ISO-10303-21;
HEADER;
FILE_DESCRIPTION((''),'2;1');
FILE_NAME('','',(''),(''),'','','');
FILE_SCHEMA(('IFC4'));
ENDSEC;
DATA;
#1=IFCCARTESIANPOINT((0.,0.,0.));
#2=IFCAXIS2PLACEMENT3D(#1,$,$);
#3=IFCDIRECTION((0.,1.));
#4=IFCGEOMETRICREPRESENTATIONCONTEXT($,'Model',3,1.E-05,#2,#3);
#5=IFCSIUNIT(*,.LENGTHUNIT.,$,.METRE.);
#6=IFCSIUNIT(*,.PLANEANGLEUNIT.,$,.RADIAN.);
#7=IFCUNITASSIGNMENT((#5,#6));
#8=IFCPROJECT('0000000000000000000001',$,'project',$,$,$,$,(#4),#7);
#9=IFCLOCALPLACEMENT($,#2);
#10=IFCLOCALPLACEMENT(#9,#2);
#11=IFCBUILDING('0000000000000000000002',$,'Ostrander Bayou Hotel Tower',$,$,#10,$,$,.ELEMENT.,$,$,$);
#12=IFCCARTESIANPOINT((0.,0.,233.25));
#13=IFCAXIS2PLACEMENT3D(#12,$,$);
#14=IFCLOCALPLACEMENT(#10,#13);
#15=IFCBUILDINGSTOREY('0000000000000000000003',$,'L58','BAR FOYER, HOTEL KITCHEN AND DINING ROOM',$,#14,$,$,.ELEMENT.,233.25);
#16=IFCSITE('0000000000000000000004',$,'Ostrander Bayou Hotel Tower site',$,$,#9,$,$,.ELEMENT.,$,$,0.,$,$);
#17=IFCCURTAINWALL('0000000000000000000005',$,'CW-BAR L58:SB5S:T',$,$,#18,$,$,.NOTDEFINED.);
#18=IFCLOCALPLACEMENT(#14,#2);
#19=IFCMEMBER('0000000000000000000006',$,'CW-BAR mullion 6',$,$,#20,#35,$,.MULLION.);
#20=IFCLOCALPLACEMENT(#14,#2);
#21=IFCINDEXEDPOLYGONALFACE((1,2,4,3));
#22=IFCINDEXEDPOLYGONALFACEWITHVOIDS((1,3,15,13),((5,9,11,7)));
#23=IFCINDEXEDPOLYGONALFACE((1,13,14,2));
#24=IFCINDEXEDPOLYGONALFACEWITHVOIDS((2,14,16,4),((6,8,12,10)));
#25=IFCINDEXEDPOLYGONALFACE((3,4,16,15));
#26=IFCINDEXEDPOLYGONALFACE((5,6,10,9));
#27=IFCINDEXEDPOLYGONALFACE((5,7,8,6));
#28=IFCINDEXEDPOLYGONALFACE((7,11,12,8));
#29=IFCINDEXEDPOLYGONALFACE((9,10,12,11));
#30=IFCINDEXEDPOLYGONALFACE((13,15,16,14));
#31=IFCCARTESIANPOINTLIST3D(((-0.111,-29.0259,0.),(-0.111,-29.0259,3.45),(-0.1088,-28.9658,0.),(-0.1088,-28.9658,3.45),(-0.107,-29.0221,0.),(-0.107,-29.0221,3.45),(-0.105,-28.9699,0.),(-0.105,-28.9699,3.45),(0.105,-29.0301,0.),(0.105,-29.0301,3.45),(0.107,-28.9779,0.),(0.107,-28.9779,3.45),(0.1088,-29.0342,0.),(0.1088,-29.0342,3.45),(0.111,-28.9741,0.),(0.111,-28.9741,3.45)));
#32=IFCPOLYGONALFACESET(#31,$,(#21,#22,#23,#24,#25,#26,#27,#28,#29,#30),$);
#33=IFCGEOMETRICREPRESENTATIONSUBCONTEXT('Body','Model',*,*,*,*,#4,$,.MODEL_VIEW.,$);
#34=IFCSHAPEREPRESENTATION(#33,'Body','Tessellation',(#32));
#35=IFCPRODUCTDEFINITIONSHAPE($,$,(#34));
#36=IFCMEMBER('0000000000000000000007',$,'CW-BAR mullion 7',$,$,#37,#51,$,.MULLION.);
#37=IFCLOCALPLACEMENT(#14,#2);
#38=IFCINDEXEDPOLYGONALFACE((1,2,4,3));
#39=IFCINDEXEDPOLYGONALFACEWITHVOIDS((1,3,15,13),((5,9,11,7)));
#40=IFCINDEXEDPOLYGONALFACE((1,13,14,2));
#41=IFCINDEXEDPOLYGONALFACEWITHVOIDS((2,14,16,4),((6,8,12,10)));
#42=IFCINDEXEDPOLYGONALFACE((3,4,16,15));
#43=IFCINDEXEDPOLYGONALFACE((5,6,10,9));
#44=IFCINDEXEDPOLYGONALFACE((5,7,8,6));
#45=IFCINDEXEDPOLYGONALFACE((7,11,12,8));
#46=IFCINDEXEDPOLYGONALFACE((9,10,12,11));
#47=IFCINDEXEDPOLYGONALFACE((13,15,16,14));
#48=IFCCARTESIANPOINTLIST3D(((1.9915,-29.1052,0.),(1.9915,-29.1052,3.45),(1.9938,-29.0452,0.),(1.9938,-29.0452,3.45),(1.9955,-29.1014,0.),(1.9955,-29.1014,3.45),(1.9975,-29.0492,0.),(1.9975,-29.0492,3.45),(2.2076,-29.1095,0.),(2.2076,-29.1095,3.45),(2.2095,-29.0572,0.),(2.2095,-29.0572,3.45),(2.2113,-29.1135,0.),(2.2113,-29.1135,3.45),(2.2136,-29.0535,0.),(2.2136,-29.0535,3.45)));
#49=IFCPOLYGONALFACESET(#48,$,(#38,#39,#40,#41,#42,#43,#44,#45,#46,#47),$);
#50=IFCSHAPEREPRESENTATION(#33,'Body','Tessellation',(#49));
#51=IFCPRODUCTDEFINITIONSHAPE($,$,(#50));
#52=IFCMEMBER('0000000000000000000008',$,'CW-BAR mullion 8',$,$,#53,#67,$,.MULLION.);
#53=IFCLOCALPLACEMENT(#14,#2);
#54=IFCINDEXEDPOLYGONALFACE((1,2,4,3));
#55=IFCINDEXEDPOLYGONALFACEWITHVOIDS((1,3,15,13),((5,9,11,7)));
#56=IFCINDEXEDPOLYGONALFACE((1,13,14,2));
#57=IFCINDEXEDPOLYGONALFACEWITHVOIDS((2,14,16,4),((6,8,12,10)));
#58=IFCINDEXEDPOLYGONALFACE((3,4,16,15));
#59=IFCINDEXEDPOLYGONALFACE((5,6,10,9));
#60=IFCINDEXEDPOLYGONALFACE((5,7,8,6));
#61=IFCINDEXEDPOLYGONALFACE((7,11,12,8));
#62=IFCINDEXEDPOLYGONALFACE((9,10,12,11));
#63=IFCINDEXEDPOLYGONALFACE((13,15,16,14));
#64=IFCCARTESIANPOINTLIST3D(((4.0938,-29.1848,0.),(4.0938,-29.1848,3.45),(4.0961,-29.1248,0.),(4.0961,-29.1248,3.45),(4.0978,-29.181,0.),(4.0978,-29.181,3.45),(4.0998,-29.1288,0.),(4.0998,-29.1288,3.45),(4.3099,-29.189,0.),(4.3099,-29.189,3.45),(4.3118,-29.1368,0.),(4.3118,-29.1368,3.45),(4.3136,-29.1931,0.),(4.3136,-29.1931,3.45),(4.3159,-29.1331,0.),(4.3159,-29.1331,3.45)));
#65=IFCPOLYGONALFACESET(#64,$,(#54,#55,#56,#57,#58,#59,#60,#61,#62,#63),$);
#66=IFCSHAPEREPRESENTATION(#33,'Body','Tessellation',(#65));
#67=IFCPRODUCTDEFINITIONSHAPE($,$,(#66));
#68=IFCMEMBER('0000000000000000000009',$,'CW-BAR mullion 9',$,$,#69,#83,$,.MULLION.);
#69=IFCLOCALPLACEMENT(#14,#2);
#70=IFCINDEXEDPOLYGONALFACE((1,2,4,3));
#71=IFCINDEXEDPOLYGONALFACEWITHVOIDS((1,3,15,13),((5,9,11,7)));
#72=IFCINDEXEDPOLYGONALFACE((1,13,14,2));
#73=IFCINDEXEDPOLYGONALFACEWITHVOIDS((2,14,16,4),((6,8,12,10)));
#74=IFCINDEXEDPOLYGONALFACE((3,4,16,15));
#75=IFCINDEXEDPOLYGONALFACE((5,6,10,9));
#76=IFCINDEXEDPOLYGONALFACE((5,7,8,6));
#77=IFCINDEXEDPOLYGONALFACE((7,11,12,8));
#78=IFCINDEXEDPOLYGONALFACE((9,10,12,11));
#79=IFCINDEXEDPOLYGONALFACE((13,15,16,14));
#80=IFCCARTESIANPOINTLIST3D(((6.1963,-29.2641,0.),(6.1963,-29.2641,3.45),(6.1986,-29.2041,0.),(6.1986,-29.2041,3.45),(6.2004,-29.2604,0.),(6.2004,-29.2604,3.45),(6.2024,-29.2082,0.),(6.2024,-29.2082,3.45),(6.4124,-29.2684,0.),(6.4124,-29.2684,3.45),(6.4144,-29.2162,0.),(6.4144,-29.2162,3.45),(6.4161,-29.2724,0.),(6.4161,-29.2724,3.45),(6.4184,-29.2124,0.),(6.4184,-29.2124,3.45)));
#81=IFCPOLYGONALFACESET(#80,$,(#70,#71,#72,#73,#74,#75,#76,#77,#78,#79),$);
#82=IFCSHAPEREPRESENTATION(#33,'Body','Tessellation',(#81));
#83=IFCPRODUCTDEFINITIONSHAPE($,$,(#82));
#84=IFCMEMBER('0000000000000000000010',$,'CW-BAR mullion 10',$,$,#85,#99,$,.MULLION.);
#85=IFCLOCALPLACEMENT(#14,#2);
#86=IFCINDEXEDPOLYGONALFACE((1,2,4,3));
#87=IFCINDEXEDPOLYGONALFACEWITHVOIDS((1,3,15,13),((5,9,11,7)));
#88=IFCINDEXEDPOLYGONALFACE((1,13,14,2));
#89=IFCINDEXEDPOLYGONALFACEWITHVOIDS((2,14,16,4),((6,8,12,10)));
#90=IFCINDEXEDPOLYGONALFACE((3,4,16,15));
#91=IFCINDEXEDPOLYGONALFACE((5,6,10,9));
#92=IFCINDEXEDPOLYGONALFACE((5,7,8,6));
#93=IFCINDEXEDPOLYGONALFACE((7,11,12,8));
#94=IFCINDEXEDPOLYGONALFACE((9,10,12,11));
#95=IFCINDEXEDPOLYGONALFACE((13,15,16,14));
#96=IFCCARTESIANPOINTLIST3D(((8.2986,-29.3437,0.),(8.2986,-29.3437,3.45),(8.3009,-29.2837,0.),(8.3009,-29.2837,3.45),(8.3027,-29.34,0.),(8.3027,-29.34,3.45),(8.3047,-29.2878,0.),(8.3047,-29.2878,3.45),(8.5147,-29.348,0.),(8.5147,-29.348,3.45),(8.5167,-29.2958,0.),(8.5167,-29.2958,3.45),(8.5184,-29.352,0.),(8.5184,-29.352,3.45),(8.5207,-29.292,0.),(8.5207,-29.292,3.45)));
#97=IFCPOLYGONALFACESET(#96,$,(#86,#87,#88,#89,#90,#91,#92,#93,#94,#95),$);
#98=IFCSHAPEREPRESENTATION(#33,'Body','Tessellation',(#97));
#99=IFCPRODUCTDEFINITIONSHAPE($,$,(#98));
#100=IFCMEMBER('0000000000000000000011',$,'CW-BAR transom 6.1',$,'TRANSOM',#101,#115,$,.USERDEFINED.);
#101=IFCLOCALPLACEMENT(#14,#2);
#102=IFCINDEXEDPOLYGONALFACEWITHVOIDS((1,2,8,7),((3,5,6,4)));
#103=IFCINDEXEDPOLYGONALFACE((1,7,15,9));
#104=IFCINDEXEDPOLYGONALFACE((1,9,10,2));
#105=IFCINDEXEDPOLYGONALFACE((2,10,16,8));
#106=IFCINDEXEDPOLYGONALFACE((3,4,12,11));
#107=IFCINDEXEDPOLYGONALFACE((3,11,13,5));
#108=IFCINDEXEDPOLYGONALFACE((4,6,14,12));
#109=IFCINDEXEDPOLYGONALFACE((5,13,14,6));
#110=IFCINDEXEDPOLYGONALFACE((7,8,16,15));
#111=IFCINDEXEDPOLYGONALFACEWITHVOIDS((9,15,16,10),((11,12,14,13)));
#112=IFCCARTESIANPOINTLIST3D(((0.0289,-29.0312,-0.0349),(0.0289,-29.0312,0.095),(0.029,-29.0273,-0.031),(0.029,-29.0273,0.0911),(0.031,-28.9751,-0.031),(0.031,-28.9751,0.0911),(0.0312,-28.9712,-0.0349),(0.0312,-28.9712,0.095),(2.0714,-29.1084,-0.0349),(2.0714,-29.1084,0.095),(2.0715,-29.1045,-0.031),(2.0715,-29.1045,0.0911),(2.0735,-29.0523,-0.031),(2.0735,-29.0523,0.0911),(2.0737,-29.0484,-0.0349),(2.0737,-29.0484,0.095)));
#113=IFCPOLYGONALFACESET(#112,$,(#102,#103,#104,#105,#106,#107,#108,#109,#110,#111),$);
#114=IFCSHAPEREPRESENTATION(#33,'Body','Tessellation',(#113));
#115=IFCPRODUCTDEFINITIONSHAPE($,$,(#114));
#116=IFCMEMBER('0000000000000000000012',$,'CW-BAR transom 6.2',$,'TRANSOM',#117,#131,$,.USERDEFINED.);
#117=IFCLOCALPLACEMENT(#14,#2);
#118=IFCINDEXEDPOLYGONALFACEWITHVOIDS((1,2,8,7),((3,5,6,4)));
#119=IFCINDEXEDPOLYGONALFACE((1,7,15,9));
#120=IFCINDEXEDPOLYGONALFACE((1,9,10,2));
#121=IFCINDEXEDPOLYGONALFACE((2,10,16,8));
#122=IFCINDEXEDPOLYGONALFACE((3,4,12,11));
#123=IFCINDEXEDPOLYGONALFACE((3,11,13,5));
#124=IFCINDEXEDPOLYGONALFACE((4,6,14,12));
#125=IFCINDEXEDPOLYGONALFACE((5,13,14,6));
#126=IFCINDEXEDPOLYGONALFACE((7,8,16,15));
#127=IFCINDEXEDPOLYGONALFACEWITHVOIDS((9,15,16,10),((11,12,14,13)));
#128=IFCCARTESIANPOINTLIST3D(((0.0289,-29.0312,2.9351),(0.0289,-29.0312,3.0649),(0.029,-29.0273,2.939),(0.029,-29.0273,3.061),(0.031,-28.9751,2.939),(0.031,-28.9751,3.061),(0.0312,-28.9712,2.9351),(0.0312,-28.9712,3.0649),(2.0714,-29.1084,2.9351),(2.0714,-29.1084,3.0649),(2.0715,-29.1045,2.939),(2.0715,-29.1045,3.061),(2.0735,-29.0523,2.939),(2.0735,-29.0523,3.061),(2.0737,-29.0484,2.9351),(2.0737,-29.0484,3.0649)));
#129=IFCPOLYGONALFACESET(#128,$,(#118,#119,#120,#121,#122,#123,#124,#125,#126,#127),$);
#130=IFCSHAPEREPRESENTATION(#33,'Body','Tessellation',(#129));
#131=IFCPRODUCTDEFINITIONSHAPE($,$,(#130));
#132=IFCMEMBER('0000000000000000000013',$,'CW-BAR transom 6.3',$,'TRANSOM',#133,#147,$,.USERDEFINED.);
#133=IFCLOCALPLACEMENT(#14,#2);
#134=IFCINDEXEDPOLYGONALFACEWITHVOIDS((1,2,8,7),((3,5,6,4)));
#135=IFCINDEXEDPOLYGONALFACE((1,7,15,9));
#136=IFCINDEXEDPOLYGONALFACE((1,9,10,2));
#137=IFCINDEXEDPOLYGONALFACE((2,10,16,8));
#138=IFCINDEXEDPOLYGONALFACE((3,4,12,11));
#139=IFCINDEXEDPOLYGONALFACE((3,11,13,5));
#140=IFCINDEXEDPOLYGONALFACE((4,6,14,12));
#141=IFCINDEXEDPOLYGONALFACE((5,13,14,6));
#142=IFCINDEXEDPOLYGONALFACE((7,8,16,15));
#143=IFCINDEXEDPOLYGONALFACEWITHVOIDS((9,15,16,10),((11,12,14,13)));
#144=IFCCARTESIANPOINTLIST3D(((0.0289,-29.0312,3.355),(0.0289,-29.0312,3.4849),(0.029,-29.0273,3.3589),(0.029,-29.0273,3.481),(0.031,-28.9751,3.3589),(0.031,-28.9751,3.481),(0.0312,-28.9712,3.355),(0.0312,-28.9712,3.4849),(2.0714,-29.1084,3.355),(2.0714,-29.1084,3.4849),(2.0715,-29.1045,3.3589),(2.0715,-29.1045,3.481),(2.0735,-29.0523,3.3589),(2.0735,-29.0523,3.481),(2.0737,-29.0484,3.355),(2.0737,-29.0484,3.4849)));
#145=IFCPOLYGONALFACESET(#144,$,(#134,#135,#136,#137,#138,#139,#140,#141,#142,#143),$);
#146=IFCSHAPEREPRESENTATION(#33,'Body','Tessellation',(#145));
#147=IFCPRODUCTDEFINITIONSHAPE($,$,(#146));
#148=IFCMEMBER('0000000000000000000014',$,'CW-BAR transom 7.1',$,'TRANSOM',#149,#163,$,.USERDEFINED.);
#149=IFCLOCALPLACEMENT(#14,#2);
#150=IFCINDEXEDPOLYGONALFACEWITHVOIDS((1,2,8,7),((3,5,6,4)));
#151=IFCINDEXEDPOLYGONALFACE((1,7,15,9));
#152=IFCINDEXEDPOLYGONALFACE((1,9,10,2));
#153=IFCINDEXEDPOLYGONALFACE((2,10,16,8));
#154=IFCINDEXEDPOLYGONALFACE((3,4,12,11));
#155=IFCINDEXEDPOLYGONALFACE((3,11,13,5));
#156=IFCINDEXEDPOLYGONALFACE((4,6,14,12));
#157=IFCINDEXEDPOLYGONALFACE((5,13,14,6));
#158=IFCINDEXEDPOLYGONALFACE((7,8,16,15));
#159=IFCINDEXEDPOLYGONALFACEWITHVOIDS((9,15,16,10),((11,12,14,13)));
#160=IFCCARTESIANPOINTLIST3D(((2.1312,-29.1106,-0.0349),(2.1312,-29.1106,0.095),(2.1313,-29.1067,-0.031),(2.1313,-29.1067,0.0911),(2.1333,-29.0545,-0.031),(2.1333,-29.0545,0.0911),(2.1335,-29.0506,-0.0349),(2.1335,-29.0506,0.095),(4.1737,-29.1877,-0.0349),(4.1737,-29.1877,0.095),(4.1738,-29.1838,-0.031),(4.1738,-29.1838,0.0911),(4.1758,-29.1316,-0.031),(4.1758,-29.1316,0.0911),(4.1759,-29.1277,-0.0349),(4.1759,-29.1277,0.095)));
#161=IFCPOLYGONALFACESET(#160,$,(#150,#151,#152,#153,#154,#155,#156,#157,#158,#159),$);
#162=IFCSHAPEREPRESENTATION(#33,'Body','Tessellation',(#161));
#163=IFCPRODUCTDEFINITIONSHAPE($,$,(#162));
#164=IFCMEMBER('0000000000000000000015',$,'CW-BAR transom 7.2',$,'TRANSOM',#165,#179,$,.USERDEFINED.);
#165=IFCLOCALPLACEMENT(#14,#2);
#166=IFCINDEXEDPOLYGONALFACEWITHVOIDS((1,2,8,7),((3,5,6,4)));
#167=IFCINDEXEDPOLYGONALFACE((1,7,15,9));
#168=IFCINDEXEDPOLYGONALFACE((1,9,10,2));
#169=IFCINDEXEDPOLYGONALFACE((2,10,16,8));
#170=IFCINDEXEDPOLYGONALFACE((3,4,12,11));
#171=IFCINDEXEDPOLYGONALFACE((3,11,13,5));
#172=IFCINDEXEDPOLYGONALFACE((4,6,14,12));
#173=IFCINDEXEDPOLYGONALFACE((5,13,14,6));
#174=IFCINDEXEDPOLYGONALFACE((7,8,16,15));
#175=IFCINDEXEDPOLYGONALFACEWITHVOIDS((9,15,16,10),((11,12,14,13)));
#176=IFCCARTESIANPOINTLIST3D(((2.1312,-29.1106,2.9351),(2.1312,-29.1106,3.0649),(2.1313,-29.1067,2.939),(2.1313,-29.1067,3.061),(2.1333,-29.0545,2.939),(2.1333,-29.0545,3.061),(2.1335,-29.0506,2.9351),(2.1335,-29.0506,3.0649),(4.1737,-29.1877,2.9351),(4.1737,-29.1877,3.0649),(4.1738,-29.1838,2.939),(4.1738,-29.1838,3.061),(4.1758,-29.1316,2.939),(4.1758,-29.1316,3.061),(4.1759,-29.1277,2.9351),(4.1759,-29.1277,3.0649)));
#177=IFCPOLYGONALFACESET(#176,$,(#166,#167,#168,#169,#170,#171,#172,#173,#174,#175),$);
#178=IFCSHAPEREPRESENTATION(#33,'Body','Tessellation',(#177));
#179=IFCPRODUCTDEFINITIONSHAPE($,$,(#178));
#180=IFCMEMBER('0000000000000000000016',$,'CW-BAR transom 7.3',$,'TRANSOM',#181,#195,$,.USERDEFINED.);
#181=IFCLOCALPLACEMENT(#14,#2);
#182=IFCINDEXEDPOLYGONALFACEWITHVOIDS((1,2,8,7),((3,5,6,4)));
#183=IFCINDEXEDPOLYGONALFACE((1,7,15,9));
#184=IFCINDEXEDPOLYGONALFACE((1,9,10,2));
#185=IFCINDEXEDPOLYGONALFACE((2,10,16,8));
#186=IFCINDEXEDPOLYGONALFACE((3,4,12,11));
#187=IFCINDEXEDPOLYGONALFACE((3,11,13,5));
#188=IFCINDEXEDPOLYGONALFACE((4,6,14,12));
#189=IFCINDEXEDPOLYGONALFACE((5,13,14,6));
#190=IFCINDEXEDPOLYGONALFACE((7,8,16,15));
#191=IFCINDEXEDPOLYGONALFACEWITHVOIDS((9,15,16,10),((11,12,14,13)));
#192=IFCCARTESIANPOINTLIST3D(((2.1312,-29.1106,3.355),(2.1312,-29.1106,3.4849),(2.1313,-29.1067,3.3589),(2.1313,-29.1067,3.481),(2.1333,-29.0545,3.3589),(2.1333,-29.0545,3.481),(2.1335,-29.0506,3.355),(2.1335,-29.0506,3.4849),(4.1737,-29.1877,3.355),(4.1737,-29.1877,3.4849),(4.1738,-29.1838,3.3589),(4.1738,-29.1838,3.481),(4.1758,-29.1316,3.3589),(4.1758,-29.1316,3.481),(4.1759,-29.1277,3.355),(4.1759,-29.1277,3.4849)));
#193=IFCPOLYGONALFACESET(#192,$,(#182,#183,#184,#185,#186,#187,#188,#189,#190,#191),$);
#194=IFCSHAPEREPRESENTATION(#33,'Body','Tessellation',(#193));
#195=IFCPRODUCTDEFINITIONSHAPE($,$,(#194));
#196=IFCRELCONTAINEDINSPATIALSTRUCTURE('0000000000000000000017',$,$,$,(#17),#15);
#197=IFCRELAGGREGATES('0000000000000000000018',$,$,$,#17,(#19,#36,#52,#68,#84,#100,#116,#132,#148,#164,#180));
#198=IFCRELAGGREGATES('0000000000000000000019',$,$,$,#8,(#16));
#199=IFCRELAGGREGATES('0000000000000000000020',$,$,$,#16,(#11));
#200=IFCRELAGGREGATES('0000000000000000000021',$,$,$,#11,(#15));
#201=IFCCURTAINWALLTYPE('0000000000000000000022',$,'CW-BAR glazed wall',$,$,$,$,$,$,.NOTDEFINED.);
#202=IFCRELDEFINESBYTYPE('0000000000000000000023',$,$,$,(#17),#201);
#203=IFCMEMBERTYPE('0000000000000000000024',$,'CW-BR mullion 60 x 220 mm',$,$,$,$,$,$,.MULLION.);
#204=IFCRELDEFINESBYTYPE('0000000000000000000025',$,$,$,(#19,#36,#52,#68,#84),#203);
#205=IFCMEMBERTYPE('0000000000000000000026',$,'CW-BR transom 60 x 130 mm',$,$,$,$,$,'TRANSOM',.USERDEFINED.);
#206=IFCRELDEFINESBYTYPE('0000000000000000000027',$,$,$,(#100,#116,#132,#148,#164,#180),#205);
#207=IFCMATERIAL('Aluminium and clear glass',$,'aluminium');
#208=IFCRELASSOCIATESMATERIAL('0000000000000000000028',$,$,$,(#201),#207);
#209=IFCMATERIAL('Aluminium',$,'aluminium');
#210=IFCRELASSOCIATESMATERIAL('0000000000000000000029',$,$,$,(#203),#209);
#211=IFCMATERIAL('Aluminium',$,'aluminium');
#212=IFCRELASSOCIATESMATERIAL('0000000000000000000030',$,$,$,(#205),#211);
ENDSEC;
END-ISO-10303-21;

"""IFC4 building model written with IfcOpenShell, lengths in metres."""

from ifc_helpers import new_model, si_unit, direction, frame, origin, origin_2d, place, context, subcontext, project, spatial, hollow_rectangle, extrude, material, material_profile, profile_set, type_object, element, aggregate, save


model = new_model("IFC4")

# Units and contexts
model_context = context("Model", 3, precision=1e-05, world=origin(), true_north=direction((0.0, 1.0)))
body_context = subcontext(model_context, "Body", "Model", "MODEL_VIEW")
ifc_project = project(units=[si_unit("LENGTHUNIT", "METRE"), si_unit("PLANEANGLEUNIT", "RADIAN")], contexts=[model_context])

# Site, building, storey
site_placement = place(None, origin())
site = spatial("IfcSite", under=ifc_project, at=site_placement, Name="Ostrander Bayou Hotel Tower site", CompositionType="ELEMENT", RefElevation=0.0)
building_placement = place(site_placement, origin())
building = spatial("IfcBuilding", under=site, at=building_placement, Name="Ostrander Bayou Hotel Tower", CompositionType="ELEMENT")
storey_placement = place(building_placement, frame((0.0, 0.0, 233.25)))
storey = spatial("IfcBuildingStorey", under=building, at=storey_placement, Name="L58", Description="BAR FOYER, HOTEL KITCHEN AND DINING ROOM", CompositionType="ELEMENT", Elevation=233.25)

# Curtain wall, members
ifc_material_1 = material(Name="Aluminium and clear glass", Category="aluminium")
curtain_wall_type = type_object("IfcCurtainWallType", Name="CW-BAR glazed wall", PredefinedType="NOTDEFINED", material=ifc_material_1)
curtain_wall_placement = place(storey_placement, origin())
curtain_wall = element("IfcCurtainWall", 1, at=curtain_wall_placement, inside=storey, type_object=curtain_wall_type, Name="CW-BAR L58:SB5S:T", PredefinedType="NOTDEFINED")
ifc_material_2 = material(Name="Aluminium", Category="aluminium")
ifc_material_profile_1 = material_profile(ifc_material_2, hollow_rectangle(XDim=0.0601, YDim=0.22, WallThickness=0.0039, at=origin_2d()))
ifc_profile_set_1 = profile_set([ifc_material_profile_1], Name="Aluminium")
member_type_1 = type_object("IfcMemberType", Name="CW-BR mullion 60 x 220 mm", PredefinedType="MULLION", material=ifc_profile_set_1)
member_1_placement = place(storey_placement, frame((0.0, -29.0, 0.0), z_axis=(0.0, 0.0, 1.0), x_axis=(0.037758, 0.999287, 0.0)))
member_1 = element("IfcMember", 2, at=member_1_placement, type_object=member_type_1, Name="CW-BAR mullion 6", PredefinedType="MULLION", context=body_context, shape_type="SweptSolid", body=[
    extrude(hollow_rectangle(XDim=0.0601, YDim=0.22, WallThickness=0.0039, at=origin_2d()), origin(), (0.0, 0.0, 1.0), 3.45),
])
member_2_placement = place(storey_placement, frame((2.1025, -29.0793, 0.0), z_axis=(0.0, 0.0, 1.0), x_axis=(0.037758, 0.999287, 0.0)))
member_2 = element("IfcMember", 3, at=member_2_placement, type_object=member_type_1, Name="CW-BAR mullion 7", PredefinedType="MULLION", context=body_context, shape_type="SweptSolid", body=[
    extrude(hollow_rectangle(XDim=0.0601, YDim=0.22, WallThickness=0.0039, at=origin_2d()), origin(), (0.0, 0.0, 1.0), 3.45),
])
member_3_placement = place(storey_placement, frame((4.2048, -29.1589, 0.0), z_axis=(0.0, 0.0, 1.0), x_axis=(0.037758, 0.999287, 0.0)))
member_3 = element("IfcMember", 4, at=member_3_placement, type_object=member_type_1, Name="CW-BAR mullion 8", PredefinedType="MULLION", context=body_context, shape_type="SweptSolid", body=[
    extrude(hollow_rectangle(XDim=0.0601, YDim=0.22, WallThickness=0.0039, at=origin_2d()), origin(), (0.0, 0.0, 1.0), 3.45),
])
member_4_placement = place(storey_placement, frame((6.3074, -29.2383, 0.0), z_axis=(0.0, 0.0, 1.0), x_axis=(0.037758, 0.999287, 0.0)))
member_4 = element("IfcMember", 5, at=member_4_placement, type_object=member_type_1, Name="CW-BAR mullion 9", PredefinedType="MULLION", context=body_context, shape_type="SweptSolid", body=[
    extrude(hollow_rectangle(XDim=0.0601, YDim=0.22, WallThickness=0.0039, at=origin_2d()), origin(), (0.0, 0.0, 1.0), 3.45),
])
member_5_placement = place(storey_placement, frame((8.4097, -29.3179, 0.0), z_axis=(0.0, 0.0, 1.0), x_axis=(0.037758, 0.999287, 0.0)))
member_5 = element("IfcMember", 6, at=member_5_placement, type_object=member_type_1, Name="CW-BAR mullion 10", PredefinedType="MULLION", context=body_context, shape_type="SweptSolid", body=[
    extrude(hollow_rectangle(XDim=0.0601, YDim=0.22, WallThickness=0.0039, at=origin_2d()), origin(), (0.0, 0.0, 1.0), 3.45),
])
ifc_material_3 = material(Name="Aluminium", Category="aluminium")
ifc_material_profile_2 = material_profile(ifc_material_3, hollow_rectangle(XDim=0.0601, YDim=0.1299, WallThickness=0.0039, at=origin_2d()))
ifc_profile_set_2 = profile_set([ifc_material_profile_2], Name="Aluminium")
member_type_2 = type_object("IfcMemberType", Name="CW-BR transom 60 x 130 mm", ElementType="TRANSOM", PredefinedType="USERDEFINED", material=ifc_profile_set_2)
member_6_placement = place(storey_placement, frame((0.03, -29.0012, 0.03), z_axis=(0.999287, -0.037745, 0.0), x_axis=(0.037745, 0.999287, 0.0)))
member_6 = element("IfcMember", 7, at=member_6_placement, type_object=member_type_2, Name="CW-BAR transom 6.1", ObjectType="TRANSOM", PredefinedType="USERDEFINED", context=body_context, shape_type="SweptSolid", body=[
    extrude(hollow_rectangle(XDim=0.0601, YDim=0.1299, WallThickness=0.0039, at=origin_2d()), origin(), (0.0, 0.0, 1.0), 2.0439),
])
member_7_placement = place(storey_placement, frame((0.03, -29.0012, 3.0), z_axis=(0.999287, -0.037745, 0.0), x_axis=(0.037745, 0.999287, 0.0)))
member_7 = element("IfcMember", 8, at=member_7_placement, type_object=member_type_2, Name="CW-BAR transom 6.2", ObjectType="TRANSOM", PredefinedType="USERDEFINED", context=body_context, shape_type="SweptSolid", body=[
    extrude(hollow_rectangle(XDim=0.0601, YDim=0.1299, WallThickness=0.0039, at=origin_2d()), origin(), (0.0, 0.0, 1.0), 2.0439),
])
member_8_placement = place(storey_placement, frame((0.03, -29.0012, 3.4199), z_axis=(0.999287, -0.037745, 0.0), x_axis=(0.037745, 0.999287, 0.0)))
member_8 = element("IfcMember", 9, at=member_8_placement, type_object=member_type_2, Name="CW-BAR transom 6.3", ObjectType="TRANSOM", PredefinedType="USERDEFINED", context=body_context, shape_type="SweptSolid", body=[
    extrude(hollow_rectangle(XDim=0.0601, YDim=0.1299, WallThickness=0.0039, at=origin_2d()), origin(), (0.0, 0.0, 1.0), 2.0439),
])
member_9_placement = place(storey_placement, frame((2.1323, -29.0806, 0.03), z_axis=(0.999287, -0.037745, 0.0), x_axis=(0.037745, 0.999287, 0.0)))
member_9 = element("IfcMember", 10, at=member_9_placement, type_object=member_type_2, Name="CW-BAR transom 7.1", ObjectType="TRANSOM", PredefinedType="USERDEFINED", context=body_context, shape_type="SweptSolid", body=[
    extrude(hollow_rectangle(XDim=0.0601, YDim=0.1299, WallThickness=0.0039, at=origin_2d()), origin(), (0.0, 0.0, 1.0), 2.0439),
])
member_10_placement = place(storey_placement, frame((2.1323, -29.0806, 3.0), z_axis=(0.999287, -0.037745, 0.0), x_axis=(0.037745, 0.999287, 0.0)))
member_10 = element("IfcMember", 11, at=member_10_placement, type_object=member_type_2, Name="CW-BAR transom 7.2", ObjectType="TRANSOM", PredefinedType="USERDEFINED", context=body_context, shape_type="SweptSolid", body=[
    extrude(hollow_rectangle(XDim=0.0601, YDim=0.1299, WallThickness=0.0039, at=origin_2d()), origin(), (0.0, 0.0, 1.0), 2.0439),
])
member_11_placement = place(storey_placement, frame((2.1323, -29.0806, 3.4199), z_axis=(0.999287, -0.037745, 0.0), x_axis=(0.037745, 0.999287, 0.0)))
member_11 = element("IfcMember", 12, at=member_11_placement, type_object=member_type_2, Name="CW-BAR transom 7.3", ObjectType="TRANSOM", PredefinedType="USERDEFINED", context=body_context, shape_type="SweptSolid", body=[
    extrude(hollow_rectangle(XDim=0.0601, YDim=0.1299, WallThickness=0.0039, at=origin_2d()), origin(), (0.0, 0.0, 1.0), 2.0439),
])
aggregate(curtain_wall, [member_1, member_2, member_3, member_4, member_5, member_6, member_7, member_8, member_9, member_10, member_11])

save(model, "model.ifc")
